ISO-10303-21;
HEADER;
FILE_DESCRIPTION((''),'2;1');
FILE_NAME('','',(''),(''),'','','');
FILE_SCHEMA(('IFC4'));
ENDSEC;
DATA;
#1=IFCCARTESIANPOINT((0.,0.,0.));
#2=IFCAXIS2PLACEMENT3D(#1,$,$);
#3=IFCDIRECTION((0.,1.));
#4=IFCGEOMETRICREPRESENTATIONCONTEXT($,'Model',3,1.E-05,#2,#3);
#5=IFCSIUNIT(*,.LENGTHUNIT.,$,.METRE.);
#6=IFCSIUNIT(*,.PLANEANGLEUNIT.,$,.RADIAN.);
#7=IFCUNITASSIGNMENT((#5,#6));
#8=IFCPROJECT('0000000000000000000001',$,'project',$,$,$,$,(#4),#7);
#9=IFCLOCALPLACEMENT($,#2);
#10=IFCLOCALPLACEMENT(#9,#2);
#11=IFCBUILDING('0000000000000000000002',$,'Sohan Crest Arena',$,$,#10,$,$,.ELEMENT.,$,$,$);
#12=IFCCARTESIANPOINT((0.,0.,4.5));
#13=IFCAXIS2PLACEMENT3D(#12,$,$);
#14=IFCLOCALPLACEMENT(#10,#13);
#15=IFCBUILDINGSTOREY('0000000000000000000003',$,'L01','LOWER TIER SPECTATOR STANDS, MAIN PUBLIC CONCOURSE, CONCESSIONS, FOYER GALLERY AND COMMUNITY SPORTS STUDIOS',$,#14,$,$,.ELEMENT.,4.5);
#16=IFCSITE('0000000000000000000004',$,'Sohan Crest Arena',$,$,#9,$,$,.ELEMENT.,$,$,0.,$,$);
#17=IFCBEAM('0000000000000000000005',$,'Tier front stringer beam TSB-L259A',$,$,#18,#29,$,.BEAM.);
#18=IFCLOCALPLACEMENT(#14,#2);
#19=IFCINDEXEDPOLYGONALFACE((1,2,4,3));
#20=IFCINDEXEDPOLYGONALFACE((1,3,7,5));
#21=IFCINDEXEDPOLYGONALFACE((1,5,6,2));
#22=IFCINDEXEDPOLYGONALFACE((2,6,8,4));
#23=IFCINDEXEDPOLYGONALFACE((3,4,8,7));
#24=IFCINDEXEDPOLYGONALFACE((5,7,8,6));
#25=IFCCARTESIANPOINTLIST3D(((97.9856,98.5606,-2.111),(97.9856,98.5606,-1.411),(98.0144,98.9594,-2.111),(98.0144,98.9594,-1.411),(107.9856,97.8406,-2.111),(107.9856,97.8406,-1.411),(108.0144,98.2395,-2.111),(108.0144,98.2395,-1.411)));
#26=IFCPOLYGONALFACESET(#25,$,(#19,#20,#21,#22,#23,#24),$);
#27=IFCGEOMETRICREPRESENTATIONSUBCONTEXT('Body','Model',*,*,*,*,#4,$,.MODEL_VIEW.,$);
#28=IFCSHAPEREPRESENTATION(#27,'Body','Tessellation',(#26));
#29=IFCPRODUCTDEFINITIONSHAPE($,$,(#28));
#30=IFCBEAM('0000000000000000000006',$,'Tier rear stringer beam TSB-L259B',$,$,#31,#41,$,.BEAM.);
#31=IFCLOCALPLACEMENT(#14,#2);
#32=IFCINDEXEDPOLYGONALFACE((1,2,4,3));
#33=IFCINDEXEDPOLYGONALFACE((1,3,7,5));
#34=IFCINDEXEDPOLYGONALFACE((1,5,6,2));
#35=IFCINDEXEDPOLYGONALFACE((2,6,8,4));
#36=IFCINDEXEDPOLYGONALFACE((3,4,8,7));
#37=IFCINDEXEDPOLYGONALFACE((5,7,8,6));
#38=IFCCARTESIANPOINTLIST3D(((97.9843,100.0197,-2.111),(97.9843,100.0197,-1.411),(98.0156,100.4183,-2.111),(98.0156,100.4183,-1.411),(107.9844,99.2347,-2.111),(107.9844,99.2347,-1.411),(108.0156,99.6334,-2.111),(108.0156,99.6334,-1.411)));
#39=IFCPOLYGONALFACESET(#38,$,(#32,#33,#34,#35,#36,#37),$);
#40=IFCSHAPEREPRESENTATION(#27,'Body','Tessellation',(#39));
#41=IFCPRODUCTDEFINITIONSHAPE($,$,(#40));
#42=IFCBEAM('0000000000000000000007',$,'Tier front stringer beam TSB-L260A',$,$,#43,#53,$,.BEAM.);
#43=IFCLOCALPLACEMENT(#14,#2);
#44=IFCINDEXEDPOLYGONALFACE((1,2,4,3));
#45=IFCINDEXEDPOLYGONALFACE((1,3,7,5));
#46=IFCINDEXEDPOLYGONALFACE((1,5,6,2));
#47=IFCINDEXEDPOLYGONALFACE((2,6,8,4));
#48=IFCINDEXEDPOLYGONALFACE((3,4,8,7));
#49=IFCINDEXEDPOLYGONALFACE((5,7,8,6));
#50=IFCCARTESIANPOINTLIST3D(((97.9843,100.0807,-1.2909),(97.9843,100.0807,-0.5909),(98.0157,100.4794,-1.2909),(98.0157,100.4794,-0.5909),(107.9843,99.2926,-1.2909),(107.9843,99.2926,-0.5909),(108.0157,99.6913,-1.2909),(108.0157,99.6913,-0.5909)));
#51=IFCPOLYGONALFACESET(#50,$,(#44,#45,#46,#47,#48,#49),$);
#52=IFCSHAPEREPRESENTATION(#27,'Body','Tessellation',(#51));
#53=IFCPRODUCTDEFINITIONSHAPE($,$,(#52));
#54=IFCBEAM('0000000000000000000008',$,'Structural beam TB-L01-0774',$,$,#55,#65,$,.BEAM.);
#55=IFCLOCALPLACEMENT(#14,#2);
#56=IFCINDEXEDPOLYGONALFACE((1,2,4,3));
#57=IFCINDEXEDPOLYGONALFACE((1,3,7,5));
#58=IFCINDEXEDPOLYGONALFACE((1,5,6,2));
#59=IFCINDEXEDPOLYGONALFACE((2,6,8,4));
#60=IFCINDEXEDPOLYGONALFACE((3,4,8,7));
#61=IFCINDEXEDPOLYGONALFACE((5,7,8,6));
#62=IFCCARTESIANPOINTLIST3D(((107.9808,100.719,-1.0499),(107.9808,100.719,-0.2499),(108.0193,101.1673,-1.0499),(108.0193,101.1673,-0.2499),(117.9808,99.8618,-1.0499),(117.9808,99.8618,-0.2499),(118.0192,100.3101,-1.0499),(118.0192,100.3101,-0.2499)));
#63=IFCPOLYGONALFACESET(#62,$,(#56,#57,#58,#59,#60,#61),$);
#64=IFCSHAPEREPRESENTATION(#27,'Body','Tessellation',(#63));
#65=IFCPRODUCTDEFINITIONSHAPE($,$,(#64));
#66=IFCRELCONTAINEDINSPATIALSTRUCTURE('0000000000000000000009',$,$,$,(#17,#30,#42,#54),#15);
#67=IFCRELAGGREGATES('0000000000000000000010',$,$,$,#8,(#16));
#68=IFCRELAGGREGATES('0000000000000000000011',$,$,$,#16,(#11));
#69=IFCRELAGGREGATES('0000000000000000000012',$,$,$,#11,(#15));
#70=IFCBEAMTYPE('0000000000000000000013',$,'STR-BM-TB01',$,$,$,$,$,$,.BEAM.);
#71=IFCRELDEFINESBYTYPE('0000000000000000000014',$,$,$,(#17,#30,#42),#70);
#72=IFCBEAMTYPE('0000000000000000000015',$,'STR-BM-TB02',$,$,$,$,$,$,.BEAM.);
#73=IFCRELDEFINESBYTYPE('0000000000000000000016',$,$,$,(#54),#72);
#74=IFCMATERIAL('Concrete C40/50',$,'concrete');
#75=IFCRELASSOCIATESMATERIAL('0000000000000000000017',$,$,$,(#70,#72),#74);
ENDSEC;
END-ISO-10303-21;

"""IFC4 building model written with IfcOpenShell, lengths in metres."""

from ifc_helpers import new_model, si_unit, direction, frame, origin, origin_2d, place, context, subcontext, project, spatial, rectangle, extrude, material, material_profile, profile_set, type_object, element, save


model = new_model("IFC4")

# Units and contexts
model_context = context("Model", 3, precision=1e-05, world=origin(), true_north=direction((0.0, 1.0)))
body_context = subcontext(model_context, "Body", "Model", "MODEL_VIEW")
ifc_project = project(units=[si_unit("LENGTHUNIT", "METRE"), si_unit("PLANEANGLEUNIT", "RADIAN")], contexts=[model_context])

# Site, building, storey
site_placement = place(None, origin())
site = spatial("IfcSite", under=ifc_project, at=site_placement, Name="Sohan Crest Arena", CompositionType="ELEMENT", RefElevation=0.0)
building_placement = place(site_placement, origin())
building = spatial("IfcBuilding", under=site, at=building_placement, Name="Sohan Crest Arena", CompositionType="ELEMENT")
storey_placement = place(building_placement, frame((0.0, 0.0, 4.5)))
storey = spatial("IfcBuildingStorey", under=building, at=storey_placement, Name="L01", Description="LOWER TIER SPECTATOR STANDS, MAIN PUBLIC CONCOURSE, CONCESSIONS, FOYER GALLERY AND COMMUNITY SPORTS STUDIOS", CompositionType="ELEMENT", Elevation=4.5)

# Shared definitions
ifc_material_1 = material(Name="Concrete C40/50", Category="concrete")

# Beams
ifc_material_profile_1 = material_profile(ifc_material_1, rectangle(XDim=0.3999, YDim=0.7, at=origin_2d()), Name="RC-BM 400x700")
ifc_profile_set_1 = profile_set([ifc_material_profile_1], Name="Concrete C40/50")
beam_type_1 = type_object("IfcBeamType", Name="STR-BM-TB01", PredefinedType="BEAM", material=ifc_profile_set_1)
beam_1_placement = place(storey_placement, frame((108.0, 98.04, -1.761), z_axis=(-0.997418, 0.071811, 0.0), x_axis=(-0.071811, -0.997418, 0.0)))
element("IfcBeam", 1, at=beam_1_placement, inside=storey, type_object=beam_type_1, Name="Tier front stringer beam TSB-L259A", PredefinedType="BEAM", context=body_context, shape_type="SweptSolid", body=[
    extrude(rectangle(XDim=0.3999, YDim=0.7, at=origin_2d()), origin(), (0.0, 0.0, 1.0), 10.0259),
])
beam_2_placement = place(storey_placement, frame((108.0, 99.4341, -1.761), z_axis=(-0.996934, 0.078251, 0.0), x_axis=(-0.078251, -0.996934, 0.0)))
element("IfcBeam", 2, at=beam_2_placement, inside=storey, type_object=beam_type_1, Name="Tier rear stringer beam TSB-L259B", PredefinedType="BEAM", context=body_context, shape_type="SweptSolid", body=[
    extrude(rectangle(XDim=0.3999, YDim=0.7, at=origin_2d()), origin(), (0.0, 0.0, 1.0), 10.0308),
])
beam_3_placement = place(storey_placement, frame((108.0, 99.4919, -0.9409), z_axis=(-0.996909, 0.078565, 0.0), x_axis=(-0.078565, -0.996909, 0.0)))
element("IfcBeam", 3, at=beam_3_placement, inside=storey, type_object=beam_type_1, Name="Tier front stringer beam TSB-L260A", PredefinedType="BEAM", context=body_context, shape_type="SweptSolid", body=[
    extrude(rectangle(XDim=0.3999, YDim=0.7, at=origin_2d()), origin(), (0.0, 0.0, 1.0), 10.031),
])
ifc_material_profile_2 = material_profile(ifc_material_1, rectangle(XDim=0.45, YDim=0.8, at=origin_2d()), Name="RC-BM 450x800")
ifc_profile_set_2 = profile_set([ifc_material_profile_2], Name="Concrete C40/50")
beam_type_2 = type_object("IfcBeamType", Name="STR-BM-TB02", PredefinedType="BEAM", material=ifc_profile_set_2)
beam_4_placement = place(storey_placement, frame((118.0, 100.0859, -0.6499), z_axis=(-0.996346, 0.085405, 0.0), x_axis=(-0.085405, -0.996346, 0.0)))
element("IfcBeam", 4, at=beam_4_placement, inside=storey, type_object=beam_type_2, Name="Structural beam TB-L01-0774", PredefinedType="BEAM", context=body_context, shape_type="SweptSolid", body=[
    extrude(rectangle(XDim=0.45, YDim=0.8, at=origin_2d()), origin(), (0.0, 0.0, 1.0), 10.0366),
])

save(model, "model.ifc")
